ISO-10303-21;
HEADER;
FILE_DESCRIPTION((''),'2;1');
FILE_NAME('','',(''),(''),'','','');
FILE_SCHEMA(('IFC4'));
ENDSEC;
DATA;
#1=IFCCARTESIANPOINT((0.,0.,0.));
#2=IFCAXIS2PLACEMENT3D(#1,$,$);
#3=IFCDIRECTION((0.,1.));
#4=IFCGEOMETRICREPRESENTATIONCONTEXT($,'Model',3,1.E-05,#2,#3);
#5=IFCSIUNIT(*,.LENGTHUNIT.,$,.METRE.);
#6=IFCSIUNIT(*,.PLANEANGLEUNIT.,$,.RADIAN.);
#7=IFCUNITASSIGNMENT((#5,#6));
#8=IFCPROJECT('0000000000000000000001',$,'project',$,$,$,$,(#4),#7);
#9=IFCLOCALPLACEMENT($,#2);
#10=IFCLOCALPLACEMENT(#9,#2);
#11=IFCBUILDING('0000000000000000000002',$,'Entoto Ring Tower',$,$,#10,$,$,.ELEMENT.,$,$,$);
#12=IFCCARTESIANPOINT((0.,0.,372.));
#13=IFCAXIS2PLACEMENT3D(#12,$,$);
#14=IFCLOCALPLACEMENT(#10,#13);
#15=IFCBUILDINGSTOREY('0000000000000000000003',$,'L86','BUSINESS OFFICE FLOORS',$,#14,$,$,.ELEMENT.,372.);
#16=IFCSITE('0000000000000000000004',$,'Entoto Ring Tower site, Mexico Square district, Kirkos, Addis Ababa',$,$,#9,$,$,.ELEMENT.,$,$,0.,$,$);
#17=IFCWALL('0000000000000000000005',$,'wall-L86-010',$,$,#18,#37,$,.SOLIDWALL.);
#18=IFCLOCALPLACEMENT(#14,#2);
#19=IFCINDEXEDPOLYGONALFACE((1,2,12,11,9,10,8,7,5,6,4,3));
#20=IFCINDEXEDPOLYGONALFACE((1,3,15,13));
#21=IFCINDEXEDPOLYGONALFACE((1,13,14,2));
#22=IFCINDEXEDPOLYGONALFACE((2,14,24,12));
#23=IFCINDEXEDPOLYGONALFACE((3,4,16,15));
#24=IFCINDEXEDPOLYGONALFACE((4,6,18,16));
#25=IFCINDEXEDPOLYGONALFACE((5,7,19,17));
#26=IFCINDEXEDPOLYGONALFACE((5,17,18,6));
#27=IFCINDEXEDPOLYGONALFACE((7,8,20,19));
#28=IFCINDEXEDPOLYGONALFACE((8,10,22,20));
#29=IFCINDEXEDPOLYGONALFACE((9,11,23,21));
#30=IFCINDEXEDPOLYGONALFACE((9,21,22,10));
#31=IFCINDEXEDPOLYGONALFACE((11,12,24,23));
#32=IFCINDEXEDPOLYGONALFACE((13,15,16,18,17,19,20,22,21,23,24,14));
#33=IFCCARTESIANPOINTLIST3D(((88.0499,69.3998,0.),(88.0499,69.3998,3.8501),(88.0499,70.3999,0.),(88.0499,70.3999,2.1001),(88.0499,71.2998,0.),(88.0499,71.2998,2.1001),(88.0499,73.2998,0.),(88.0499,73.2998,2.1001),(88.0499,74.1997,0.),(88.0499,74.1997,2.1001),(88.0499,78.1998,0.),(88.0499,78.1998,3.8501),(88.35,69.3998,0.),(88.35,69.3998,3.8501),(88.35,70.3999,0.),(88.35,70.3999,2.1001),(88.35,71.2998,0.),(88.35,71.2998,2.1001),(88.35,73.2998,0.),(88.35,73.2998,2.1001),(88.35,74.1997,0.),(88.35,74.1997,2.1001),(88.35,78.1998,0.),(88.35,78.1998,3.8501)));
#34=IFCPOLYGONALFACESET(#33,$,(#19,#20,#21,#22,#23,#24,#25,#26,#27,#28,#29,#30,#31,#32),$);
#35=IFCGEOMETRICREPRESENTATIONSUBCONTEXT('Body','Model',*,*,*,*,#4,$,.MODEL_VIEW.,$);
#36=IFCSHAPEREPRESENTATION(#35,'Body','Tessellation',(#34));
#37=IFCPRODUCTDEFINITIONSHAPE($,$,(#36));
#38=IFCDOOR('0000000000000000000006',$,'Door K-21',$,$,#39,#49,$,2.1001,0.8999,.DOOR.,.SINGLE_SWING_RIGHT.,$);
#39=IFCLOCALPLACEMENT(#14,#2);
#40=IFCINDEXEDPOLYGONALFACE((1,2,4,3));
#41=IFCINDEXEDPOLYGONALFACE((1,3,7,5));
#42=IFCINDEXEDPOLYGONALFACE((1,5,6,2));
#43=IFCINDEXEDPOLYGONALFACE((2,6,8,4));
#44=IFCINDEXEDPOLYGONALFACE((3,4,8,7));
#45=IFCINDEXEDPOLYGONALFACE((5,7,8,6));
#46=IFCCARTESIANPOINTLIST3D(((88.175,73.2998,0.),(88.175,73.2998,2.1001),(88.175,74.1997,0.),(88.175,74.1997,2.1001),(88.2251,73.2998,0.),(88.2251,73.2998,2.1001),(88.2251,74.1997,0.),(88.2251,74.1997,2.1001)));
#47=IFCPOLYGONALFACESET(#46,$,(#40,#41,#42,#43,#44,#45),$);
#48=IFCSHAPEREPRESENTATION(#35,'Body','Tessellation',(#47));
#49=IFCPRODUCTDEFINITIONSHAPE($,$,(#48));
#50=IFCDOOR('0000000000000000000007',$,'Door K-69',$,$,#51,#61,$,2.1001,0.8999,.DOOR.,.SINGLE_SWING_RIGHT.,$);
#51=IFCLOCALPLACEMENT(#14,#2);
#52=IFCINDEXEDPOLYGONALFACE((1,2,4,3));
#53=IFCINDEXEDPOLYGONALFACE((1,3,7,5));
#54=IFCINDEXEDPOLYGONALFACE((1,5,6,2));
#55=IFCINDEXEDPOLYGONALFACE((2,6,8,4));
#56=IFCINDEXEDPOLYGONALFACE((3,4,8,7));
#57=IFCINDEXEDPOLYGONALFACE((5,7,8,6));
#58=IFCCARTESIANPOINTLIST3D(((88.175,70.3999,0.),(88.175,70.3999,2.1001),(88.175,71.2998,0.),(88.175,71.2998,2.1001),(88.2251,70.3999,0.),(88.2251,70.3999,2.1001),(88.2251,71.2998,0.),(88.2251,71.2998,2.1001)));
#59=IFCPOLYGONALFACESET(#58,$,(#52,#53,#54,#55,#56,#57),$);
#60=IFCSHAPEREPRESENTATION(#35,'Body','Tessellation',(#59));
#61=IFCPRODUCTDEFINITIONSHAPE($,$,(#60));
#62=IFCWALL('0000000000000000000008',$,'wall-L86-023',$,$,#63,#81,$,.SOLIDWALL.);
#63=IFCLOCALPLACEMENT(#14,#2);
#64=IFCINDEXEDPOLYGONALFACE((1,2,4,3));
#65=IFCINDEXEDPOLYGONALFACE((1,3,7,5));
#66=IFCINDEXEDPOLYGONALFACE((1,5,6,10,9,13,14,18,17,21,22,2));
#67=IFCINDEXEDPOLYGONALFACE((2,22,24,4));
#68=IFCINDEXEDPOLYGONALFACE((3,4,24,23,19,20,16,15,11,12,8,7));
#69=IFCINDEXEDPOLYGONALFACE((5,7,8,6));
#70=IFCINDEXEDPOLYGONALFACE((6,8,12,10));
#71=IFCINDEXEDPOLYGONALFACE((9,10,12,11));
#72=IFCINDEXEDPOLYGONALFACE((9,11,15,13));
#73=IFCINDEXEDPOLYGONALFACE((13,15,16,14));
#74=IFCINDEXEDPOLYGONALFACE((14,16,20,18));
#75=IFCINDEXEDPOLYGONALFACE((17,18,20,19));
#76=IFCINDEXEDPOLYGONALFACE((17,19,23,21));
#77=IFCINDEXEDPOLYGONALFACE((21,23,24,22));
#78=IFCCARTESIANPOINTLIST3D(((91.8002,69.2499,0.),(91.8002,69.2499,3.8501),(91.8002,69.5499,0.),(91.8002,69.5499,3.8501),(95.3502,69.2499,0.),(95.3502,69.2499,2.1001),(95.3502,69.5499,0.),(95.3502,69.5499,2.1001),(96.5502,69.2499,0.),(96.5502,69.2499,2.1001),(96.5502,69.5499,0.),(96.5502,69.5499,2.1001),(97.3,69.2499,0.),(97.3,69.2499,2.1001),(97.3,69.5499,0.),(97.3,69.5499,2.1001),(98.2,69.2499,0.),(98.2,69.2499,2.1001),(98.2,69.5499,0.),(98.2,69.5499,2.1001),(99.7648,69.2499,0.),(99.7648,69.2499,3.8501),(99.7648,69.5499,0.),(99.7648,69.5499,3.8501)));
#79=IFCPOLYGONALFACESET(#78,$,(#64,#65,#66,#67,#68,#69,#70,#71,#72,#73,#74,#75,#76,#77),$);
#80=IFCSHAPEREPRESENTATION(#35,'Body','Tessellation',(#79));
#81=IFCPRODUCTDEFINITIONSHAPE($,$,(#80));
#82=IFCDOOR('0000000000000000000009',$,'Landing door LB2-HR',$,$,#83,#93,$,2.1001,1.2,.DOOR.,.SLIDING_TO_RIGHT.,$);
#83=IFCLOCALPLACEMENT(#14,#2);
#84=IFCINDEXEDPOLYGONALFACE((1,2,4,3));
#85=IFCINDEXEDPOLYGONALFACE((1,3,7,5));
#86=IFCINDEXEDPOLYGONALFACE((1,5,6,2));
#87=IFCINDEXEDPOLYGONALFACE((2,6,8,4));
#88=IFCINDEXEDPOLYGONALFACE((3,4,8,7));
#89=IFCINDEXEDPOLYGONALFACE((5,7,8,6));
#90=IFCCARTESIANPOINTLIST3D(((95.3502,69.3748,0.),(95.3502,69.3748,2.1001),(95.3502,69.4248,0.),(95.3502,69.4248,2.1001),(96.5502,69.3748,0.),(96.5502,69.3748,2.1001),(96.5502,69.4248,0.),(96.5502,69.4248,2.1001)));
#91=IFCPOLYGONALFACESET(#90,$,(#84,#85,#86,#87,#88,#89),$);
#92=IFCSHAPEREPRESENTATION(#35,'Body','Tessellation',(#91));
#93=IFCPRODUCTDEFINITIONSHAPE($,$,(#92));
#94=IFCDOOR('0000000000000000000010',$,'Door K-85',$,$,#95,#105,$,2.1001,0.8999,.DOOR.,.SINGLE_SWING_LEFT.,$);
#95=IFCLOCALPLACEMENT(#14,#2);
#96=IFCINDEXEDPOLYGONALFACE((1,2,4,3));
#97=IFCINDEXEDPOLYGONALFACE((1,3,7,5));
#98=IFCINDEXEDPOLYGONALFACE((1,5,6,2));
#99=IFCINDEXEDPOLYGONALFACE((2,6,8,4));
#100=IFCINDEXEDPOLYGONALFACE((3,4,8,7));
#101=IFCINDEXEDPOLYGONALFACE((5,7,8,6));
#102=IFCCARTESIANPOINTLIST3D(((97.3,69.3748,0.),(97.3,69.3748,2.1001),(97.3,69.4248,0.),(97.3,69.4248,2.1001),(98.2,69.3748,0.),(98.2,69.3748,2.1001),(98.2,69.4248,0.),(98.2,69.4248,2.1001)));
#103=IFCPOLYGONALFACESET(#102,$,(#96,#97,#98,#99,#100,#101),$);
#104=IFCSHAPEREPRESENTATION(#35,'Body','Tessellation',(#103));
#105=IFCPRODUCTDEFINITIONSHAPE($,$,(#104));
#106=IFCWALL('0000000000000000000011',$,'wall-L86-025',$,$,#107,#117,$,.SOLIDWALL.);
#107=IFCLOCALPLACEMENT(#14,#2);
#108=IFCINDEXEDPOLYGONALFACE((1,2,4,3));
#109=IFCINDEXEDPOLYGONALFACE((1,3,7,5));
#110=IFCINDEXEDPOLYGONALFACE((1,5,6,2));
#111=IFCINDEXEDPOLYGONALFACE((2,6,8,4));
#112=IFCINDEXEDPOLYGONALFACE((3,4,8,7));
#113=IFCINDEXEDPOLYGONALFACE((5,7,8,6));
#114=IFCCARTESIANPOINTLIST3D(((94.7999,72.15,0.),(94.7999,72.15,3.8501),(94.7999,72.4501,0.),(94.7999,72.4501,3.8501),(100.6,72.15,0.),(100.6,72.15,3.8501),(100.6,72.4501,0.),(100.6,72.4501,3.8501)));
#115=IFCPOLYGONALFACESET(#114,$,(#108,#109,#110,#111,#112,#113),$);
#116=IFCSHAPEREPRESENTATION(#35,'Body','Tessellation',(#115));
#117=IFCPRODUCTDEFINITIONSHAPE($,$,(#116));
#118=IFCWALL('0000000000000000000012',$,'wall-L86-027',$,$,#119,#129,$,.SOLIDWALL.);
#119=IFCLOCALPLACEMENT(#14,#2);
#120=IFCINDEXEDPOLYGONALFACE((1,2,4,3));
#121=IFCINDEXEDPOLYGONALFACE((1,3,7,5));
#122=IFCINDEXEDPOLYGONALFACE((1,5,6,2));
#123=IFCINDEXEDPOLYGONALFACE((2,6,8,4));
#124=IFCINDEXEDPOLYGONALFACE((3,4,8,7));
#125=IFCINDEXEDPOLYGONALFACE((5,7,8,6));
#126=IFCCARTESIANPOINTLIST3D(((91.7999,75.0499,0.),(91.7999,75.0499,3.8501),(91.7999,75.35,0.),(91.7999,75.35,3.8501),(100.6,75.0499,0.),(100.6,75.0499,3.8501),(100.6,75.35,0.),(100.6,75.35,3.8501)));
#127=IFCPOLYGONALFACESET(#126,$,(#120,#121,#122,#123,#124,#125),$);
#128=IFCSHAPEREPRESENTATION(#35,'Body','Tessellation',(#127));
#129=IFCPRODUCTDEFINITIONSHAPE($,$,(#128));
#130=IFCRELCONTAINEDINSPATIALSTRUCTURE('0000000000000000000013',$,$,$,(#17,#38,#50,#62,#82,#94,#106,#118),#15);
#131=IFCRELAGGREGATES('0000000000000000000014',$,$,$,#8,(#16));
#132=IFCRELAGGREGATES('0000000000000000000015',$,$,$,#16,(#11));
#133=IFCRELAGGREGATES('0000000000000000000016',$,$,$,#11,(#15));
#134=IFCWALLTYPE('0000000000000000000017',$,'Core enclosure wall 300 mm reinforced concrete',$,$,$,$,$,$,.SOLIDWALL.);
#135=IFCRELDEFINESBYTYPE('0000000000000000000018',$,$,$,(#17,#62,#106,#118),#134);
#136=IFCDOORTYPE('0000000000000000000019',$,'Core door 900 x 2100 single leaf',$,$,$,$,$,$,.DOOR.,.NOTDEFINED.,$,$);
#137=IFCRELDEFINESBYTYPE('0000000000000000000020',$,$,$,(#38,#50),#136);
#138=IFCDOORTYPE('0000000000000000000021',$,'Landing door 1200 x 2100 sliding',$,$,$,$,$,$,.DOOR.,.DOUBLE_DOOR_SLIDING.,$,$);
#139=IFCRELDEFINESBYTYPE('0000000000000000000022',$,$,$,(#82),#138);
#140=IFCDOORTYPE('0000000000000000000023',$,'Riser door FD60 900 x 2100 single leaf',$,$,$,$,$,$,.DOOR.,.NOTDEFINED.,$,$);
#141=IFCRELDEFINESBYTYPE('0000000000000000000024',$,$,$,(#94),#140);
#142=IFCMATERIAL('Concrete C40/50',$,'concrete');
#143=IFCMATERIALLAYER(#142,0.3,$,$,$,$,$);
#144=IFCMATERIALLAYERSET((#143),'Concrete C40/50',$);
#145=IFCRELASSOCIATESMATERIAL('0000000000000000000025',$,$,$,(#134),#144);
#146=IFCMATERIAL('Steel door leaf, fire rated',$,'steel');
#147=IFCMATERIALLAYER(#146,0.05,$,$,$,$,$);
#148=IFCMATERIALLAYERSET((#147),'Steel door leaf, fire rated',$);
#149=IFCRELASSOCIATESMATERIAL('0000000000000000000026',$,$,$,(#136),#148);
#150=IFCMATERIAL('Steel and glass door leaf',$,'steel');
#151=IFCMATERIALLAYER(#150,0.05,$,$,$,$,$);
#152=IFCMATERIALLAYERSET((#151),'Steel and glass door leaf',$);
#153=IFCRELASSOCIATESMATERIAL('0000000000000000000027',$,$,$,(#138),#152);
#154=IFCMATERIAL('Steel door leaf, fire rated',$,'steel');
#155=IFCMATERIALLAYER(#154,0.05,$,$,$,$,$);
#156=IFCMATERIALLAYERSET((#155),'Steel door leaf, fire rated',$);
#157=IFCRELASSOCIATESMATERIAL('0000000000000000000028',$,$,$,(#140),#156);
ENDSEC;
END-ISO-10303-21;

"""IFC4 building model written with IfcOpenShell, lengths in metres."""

from ifc_helpers import new_model, si_unit, direction, frame, frame_2d, origin, place, context, subcontext, project, spatial, rectangle, extrude, material, layer, layer_set, type_object, element, fill, save


model = new_model("IFC4")

# Units and contexts
model_context = context("Model", 3, precision=1e-05, world=origin(), true_north=direction((0.0, 1.0)))
body_context = subcontext(model_context, "Body", "Model", "MODEL_VIEW")
ifc_project = project(units=[si_unit("LENGTHUNIT", "METRE"), si_unit("PLANEANGLEUNIT", "RADIAN")], contexts=[model_context])

# Site, building, storey
site_placement = place(None, origin())
site = spatial("IfcSite", under=ifc_project, at=site_placement, Name="Entoto Ring Tower site, Mexico Square district, Kirkos, Addis Ababa", CompositionType="ELEMENT", RefElevation=0.0)
building_placement = place(site_placement, origin())
building = spatial("IfcBuilding", under=site, at=building_placement, Name="Entoto Ring Tower", CompositionType="ELEMENT")
storey_placement = place(building_placement, frame((0.0, 0.0, 372.0)))
storey = spatial("IfcBuildingStorey", under=building, at=storey_placement, Name="L86", Description="BUSINESS OFFICE FLOORS", CompositionType="ELEMENT", Elevation=372.0)

# Shared definitions
ifc_material_1 = material(Name="Concrete C40/50", Category="concrete")
ifc_layer_1 = layer(ifc_material_1, 0.3)
ifc_layer_set_1 = layer_set([ifc_layer_1], Name="Concrete C40/50")
wall_type_1 = type_object("IfcWallType", Name="Core enclosure wall 300 mm reinforced concrete", PredefinedType="SOLIDWALL", material=ifc_layer_set_1)

# Walls, openings, doors
wall_1_placement = place(storey_placement, frame((88.2, 69.3999, 0.0), z_axis=(0.0, 0.0, 1.0), x_axis=(0.0, 1.0, 0.0)))
wall_1 = element("IfcWall", 1, at=wall_1_placement, inside=storey, type_object=wall_type_1, Name="wall-L86-010", PredefinedType="SOLIDWALL", context=body_context, shape_type="SweptSolid", body=[
    extrude(rectangle(XDim=8.8, YDim=0.3, at=frame_2d((4.3999, 0.0))), origin(), (0.0, 0.0, 1.0), 3.8501),
])
opening_1_placement = place(wall_1_placement, frame((3.8999, 0.0, 0.0)))
opening_1 = element("IfcOpeningElement", 2, at=opening_1_placement, cuts=wall_1, PredefinedType="OPENING", context=body_context, shape_type="SweptSolid", body=[
    extrude(rectangle(XDim=0.8999, YDim=2.1001, at=frame_2d((0.45, 1.05))), frame((0.0, 0.1602, 0.0), z_axis=(0.0, -1.0, 0.0), x_axis=(1.0, 0.0, 0.0)), (0.0, 0.0, 1.0), 0.3201),
])
opening_2_placement = place(wall_1_placement, frame((1.0, 0.0, 0.0)))
opening_2 = element("IfcOpeningElement", 3, at=opening_2_placement, cuts=wall_1, PredefinedType="OPENING", context=body_context, shape_type="SweptSolid", body=[
    extrude(rectangle(XDim=0.8999, YDim=2.1001, at=frame_2d((0.45, 1.05))), frame((0.0, 0.1602, 0.0), z_axis=(0.0, -1.0, 0.0), x_axis=(1.0, 0.0, 0.0)), (0.0, 0.0, 1.0), 0.3201),
])
ifc_material_2 = material(Name="Steel door leaf, fire rated", Category="steel")
ifc_layer_2 = layer(ifc_material_2, 0.05)
ifc_layer_set_2 = layer_set([ifc_layer_2], Name="Steel door leaf, fire rated")
door_type_1 = type_object("IfcDoorType", Name="Core door 900 x 2100 single leaf", OperationType="NOTDEFINED", PredefinedType="DOOR", material=ifc_layer_set_2)
door_1_placement = place(opening_1_placement, origin())
door_1 = element("IfcDoor", 4, at=door_1_placement, inside=storey, type_object=door_type_1, Name="Door K-21", OperationType="SINGLE_SWING_RIGHT", OverallHeight=2.1001, OverallWidth=0.8999, PredefinedType="DOOR", context=body_context, shape_type="SweptSolid", body=[
    extrude(rectangle(XDim=0.8999, YDim=2.1001, at=frame_2d((0.45, 1.05))), frame((0.0, 0.0249, 0.0), z_axis=(0.0, -1.0, 0.0), x_axis=(1.0, 0.0, 0.0)), (0.0, 0.0, 1.0), 0.05),
])
fill(opening_1, door_1)
door_2_placement = place(opening_2_placement, origin())
door_2 = element("IfcDoor", 5, at=door_2_placement, inside=storey, type_object=door_type_1, Name="Door K-69", OperationType="SINGLE_SWING_RIGHT", OverallHeight=2.1001, OverallWidth=0.8999, PredefinedType="DOOR", context=body_context, shape_type="SweptSolid", body=[
    extrude(rectangle(XDim=0.8999, YDim=2.1001, at=frame_2d((0.45, 1.05))), frame((0.0, 0.0249, 0.0), z_axis=(0.0, -1.0, 0.0), x_axis=(1.0, 0.0, 0.0)), (0.0, 0.0, 1.0), 0.05),
])
fill(opening_2, door_2)
wall_2_placement = place(storey_placement, frame((91.8, 69.3999, 0.0), z_axis=(0.0, 0.0, 1.0), x_axis=(1.0, 0.0, 0.0)))
wall_2 = element("IfcWall", 6, at=wall_2_placement, inside=storey, type_object=wall_type_1, Name="wall-L86-023", PredefinedType="SOLIDWALL", context=body_context, shape_type="SweptSolid", body=[
    extrude(rectangle(XDim=7.9646, YDim=0.3, at=frame_2d((3.9824, 0.0))), origin(), (0.0, 0.0, 1.0), 3.8501),
])
opening_3_placement = place(wall_2_placement, frame((3.55, 0.0, 0.0)))
opening_3 = element("IfcOpeningElement", 7, at=opening_3_placement, cuts=wall_2, PredefinedType="OPENING", context=body_context, shape_type="SweptSolid", body=[
    extrude(rectangle(XDim=1.2, YDim=2.1001, at=frame_2d((0.6001, 1.05))), frame((0.0, 0.1602, 0.0), z_axis=(0.0, -1.0, 0.0), x_axis=(1.0, 0.0, 0.0)), (0.0, 0.0, 1.0), 0.3201),
])
opening_4_placement = place(wall_2_placement, frame((5.5, 0.0, 0.0)))
opening_4 = element("IfcOpeningElement", 8, at=opening_4_placement, cuts=wall_2, PredefinedType="OPENING", context=body_context, shape_type="SweptSolid", body=[
    extrude(rectangle(XDim=0.8999, YDim=2.1001, at=frame_2d((0.45, 1.05))), frame((0.0, 0.1602, 0.0), z_axis=(0.0, -1.0, 0.0), x_axis=(1.0, 0.0, 0.0)), (0.0, 0.0, 1.0), 0.3201),
])
ifc_material_3 = material(Name="Steel and glass door leaf", Category="steel")
ifc_layer_3 = layer(ifc_material_3, 0.05)
ifc_layer_set_3 = layer_set([ifc_layer_3], Name="Steel and glass door leaf")
door_type_2 = type_object("IfcDoorType", Name="Landing door 1200 x 2100 sliding", OperationType="DOUBLE_DOOR_SLIDING", PredefinedType="DOOR", material=ifc_layer_set_3)
door_3_placement = place(opening_3_placement, origin())
door_3 = element("IfcDoor", 9, at=door_3_placement, inside=storey, type_object=door_type_2, Name="Landing door LB2-HR", OperationType="SLIDING_TO_RIGHT", OverallHeight=2.1001, OverallWidth=1.2, PredefinedType="DOOR", context=body_context, shape_type="SweptSolid", body=[
    extrude(rectangle(XDim=1.2, YDim=2.1001, at=frame_2d((0.6001, 1.05))), frame((0.0, 0.0249, 0.0), z_axis=(0.0, -1.0, 0.0), x_axis=(1.0, 0.0, 0.0)), (0.0, 0.0, 1.0), 0.05),
])
fill(opening_3, door_3)
ifc_material_4 = material(Name="Steel door leaf, fire rated", Category="steel")
ifc_layer_4 = layer(ifc_material_4, 0.05)
ifc_layer_set_4 = layer_set([ifc_layer_4], Name="Steel door leaf, fire rated")
door_type_3 = type_object("IfcDoorType", Name="Riser door FD60 900 x 2100 single leaf", OperationType="NOTDEFINED", PredefinedType="DOOR", material=ifc_layer_set_4)
door_4_placement = place(opening_4_placement, origin())
door_4 = element("IfcDoor", 10, at=door_4_placement, inside=storey, type_object=door_type_3, Name="Door K-85", OperationType="SINGLE_SWING_LEFT", OverallHeight=2.1001, OverallWidth=0.8999, PredefinedType="DOOR", context=body_context, shape_type="SweptSolid", body=[
    extrude(rectangle(XDim=0.8999, YDim=2.1001, at=frame_2d((0.45, 1.05))), frame((0.0, 0.0249, 0.0), z_axis=(0.0, -1.0, 0.0), x_axis=(1.0, 0.0, 0.0)), (0.0, 0.0, 1.0), 0.05),
])
fill(opening_4, door_4)

# Walls
wall_3_placement = place(storey_placement, frame((94.8, 72.3, 0.0), z_axis=(0.0, 0.0, 1.0), x_axis=(1.0, 0.0, 0.0)))
element("IfcWall", 11, at=wall_3_placement, inside=storey, type_object=wall_type_1, Name="wall-L86-025", PredefinedType="SOLIDWALL", context=body_context, shape_type="SweptSolid", body=[
    extrude(rectangle(XDim=5.8, YDim=0.3, at=frame_2d((2.8999, 0.0))), origin(), (0.0, 0.0, 1.0), 3.8501),
])
wall_4_placement = place(storey_placement, frame((91.8, 75.2, 0.0), z_axis=(0.0, 0.0, 1.0), x_axis=(1.0, 0.0, 0.0)))
element("IfcWall", 12, at=wall_4_placement, inside=storey, type_object=wall_type_1, Name="wall-L86-027", PredefinedType="SOLIDWALL", context=body_context, shape_type="SweptSolid", body=[
    extrude(rectangle(XDim=8.8, YDim=0.3, at=frame_2d((4.3999, 0.0))), origin(), (0.0, 0.0, 1.0), 3.8501),
])

save(model, "model.ifc")
